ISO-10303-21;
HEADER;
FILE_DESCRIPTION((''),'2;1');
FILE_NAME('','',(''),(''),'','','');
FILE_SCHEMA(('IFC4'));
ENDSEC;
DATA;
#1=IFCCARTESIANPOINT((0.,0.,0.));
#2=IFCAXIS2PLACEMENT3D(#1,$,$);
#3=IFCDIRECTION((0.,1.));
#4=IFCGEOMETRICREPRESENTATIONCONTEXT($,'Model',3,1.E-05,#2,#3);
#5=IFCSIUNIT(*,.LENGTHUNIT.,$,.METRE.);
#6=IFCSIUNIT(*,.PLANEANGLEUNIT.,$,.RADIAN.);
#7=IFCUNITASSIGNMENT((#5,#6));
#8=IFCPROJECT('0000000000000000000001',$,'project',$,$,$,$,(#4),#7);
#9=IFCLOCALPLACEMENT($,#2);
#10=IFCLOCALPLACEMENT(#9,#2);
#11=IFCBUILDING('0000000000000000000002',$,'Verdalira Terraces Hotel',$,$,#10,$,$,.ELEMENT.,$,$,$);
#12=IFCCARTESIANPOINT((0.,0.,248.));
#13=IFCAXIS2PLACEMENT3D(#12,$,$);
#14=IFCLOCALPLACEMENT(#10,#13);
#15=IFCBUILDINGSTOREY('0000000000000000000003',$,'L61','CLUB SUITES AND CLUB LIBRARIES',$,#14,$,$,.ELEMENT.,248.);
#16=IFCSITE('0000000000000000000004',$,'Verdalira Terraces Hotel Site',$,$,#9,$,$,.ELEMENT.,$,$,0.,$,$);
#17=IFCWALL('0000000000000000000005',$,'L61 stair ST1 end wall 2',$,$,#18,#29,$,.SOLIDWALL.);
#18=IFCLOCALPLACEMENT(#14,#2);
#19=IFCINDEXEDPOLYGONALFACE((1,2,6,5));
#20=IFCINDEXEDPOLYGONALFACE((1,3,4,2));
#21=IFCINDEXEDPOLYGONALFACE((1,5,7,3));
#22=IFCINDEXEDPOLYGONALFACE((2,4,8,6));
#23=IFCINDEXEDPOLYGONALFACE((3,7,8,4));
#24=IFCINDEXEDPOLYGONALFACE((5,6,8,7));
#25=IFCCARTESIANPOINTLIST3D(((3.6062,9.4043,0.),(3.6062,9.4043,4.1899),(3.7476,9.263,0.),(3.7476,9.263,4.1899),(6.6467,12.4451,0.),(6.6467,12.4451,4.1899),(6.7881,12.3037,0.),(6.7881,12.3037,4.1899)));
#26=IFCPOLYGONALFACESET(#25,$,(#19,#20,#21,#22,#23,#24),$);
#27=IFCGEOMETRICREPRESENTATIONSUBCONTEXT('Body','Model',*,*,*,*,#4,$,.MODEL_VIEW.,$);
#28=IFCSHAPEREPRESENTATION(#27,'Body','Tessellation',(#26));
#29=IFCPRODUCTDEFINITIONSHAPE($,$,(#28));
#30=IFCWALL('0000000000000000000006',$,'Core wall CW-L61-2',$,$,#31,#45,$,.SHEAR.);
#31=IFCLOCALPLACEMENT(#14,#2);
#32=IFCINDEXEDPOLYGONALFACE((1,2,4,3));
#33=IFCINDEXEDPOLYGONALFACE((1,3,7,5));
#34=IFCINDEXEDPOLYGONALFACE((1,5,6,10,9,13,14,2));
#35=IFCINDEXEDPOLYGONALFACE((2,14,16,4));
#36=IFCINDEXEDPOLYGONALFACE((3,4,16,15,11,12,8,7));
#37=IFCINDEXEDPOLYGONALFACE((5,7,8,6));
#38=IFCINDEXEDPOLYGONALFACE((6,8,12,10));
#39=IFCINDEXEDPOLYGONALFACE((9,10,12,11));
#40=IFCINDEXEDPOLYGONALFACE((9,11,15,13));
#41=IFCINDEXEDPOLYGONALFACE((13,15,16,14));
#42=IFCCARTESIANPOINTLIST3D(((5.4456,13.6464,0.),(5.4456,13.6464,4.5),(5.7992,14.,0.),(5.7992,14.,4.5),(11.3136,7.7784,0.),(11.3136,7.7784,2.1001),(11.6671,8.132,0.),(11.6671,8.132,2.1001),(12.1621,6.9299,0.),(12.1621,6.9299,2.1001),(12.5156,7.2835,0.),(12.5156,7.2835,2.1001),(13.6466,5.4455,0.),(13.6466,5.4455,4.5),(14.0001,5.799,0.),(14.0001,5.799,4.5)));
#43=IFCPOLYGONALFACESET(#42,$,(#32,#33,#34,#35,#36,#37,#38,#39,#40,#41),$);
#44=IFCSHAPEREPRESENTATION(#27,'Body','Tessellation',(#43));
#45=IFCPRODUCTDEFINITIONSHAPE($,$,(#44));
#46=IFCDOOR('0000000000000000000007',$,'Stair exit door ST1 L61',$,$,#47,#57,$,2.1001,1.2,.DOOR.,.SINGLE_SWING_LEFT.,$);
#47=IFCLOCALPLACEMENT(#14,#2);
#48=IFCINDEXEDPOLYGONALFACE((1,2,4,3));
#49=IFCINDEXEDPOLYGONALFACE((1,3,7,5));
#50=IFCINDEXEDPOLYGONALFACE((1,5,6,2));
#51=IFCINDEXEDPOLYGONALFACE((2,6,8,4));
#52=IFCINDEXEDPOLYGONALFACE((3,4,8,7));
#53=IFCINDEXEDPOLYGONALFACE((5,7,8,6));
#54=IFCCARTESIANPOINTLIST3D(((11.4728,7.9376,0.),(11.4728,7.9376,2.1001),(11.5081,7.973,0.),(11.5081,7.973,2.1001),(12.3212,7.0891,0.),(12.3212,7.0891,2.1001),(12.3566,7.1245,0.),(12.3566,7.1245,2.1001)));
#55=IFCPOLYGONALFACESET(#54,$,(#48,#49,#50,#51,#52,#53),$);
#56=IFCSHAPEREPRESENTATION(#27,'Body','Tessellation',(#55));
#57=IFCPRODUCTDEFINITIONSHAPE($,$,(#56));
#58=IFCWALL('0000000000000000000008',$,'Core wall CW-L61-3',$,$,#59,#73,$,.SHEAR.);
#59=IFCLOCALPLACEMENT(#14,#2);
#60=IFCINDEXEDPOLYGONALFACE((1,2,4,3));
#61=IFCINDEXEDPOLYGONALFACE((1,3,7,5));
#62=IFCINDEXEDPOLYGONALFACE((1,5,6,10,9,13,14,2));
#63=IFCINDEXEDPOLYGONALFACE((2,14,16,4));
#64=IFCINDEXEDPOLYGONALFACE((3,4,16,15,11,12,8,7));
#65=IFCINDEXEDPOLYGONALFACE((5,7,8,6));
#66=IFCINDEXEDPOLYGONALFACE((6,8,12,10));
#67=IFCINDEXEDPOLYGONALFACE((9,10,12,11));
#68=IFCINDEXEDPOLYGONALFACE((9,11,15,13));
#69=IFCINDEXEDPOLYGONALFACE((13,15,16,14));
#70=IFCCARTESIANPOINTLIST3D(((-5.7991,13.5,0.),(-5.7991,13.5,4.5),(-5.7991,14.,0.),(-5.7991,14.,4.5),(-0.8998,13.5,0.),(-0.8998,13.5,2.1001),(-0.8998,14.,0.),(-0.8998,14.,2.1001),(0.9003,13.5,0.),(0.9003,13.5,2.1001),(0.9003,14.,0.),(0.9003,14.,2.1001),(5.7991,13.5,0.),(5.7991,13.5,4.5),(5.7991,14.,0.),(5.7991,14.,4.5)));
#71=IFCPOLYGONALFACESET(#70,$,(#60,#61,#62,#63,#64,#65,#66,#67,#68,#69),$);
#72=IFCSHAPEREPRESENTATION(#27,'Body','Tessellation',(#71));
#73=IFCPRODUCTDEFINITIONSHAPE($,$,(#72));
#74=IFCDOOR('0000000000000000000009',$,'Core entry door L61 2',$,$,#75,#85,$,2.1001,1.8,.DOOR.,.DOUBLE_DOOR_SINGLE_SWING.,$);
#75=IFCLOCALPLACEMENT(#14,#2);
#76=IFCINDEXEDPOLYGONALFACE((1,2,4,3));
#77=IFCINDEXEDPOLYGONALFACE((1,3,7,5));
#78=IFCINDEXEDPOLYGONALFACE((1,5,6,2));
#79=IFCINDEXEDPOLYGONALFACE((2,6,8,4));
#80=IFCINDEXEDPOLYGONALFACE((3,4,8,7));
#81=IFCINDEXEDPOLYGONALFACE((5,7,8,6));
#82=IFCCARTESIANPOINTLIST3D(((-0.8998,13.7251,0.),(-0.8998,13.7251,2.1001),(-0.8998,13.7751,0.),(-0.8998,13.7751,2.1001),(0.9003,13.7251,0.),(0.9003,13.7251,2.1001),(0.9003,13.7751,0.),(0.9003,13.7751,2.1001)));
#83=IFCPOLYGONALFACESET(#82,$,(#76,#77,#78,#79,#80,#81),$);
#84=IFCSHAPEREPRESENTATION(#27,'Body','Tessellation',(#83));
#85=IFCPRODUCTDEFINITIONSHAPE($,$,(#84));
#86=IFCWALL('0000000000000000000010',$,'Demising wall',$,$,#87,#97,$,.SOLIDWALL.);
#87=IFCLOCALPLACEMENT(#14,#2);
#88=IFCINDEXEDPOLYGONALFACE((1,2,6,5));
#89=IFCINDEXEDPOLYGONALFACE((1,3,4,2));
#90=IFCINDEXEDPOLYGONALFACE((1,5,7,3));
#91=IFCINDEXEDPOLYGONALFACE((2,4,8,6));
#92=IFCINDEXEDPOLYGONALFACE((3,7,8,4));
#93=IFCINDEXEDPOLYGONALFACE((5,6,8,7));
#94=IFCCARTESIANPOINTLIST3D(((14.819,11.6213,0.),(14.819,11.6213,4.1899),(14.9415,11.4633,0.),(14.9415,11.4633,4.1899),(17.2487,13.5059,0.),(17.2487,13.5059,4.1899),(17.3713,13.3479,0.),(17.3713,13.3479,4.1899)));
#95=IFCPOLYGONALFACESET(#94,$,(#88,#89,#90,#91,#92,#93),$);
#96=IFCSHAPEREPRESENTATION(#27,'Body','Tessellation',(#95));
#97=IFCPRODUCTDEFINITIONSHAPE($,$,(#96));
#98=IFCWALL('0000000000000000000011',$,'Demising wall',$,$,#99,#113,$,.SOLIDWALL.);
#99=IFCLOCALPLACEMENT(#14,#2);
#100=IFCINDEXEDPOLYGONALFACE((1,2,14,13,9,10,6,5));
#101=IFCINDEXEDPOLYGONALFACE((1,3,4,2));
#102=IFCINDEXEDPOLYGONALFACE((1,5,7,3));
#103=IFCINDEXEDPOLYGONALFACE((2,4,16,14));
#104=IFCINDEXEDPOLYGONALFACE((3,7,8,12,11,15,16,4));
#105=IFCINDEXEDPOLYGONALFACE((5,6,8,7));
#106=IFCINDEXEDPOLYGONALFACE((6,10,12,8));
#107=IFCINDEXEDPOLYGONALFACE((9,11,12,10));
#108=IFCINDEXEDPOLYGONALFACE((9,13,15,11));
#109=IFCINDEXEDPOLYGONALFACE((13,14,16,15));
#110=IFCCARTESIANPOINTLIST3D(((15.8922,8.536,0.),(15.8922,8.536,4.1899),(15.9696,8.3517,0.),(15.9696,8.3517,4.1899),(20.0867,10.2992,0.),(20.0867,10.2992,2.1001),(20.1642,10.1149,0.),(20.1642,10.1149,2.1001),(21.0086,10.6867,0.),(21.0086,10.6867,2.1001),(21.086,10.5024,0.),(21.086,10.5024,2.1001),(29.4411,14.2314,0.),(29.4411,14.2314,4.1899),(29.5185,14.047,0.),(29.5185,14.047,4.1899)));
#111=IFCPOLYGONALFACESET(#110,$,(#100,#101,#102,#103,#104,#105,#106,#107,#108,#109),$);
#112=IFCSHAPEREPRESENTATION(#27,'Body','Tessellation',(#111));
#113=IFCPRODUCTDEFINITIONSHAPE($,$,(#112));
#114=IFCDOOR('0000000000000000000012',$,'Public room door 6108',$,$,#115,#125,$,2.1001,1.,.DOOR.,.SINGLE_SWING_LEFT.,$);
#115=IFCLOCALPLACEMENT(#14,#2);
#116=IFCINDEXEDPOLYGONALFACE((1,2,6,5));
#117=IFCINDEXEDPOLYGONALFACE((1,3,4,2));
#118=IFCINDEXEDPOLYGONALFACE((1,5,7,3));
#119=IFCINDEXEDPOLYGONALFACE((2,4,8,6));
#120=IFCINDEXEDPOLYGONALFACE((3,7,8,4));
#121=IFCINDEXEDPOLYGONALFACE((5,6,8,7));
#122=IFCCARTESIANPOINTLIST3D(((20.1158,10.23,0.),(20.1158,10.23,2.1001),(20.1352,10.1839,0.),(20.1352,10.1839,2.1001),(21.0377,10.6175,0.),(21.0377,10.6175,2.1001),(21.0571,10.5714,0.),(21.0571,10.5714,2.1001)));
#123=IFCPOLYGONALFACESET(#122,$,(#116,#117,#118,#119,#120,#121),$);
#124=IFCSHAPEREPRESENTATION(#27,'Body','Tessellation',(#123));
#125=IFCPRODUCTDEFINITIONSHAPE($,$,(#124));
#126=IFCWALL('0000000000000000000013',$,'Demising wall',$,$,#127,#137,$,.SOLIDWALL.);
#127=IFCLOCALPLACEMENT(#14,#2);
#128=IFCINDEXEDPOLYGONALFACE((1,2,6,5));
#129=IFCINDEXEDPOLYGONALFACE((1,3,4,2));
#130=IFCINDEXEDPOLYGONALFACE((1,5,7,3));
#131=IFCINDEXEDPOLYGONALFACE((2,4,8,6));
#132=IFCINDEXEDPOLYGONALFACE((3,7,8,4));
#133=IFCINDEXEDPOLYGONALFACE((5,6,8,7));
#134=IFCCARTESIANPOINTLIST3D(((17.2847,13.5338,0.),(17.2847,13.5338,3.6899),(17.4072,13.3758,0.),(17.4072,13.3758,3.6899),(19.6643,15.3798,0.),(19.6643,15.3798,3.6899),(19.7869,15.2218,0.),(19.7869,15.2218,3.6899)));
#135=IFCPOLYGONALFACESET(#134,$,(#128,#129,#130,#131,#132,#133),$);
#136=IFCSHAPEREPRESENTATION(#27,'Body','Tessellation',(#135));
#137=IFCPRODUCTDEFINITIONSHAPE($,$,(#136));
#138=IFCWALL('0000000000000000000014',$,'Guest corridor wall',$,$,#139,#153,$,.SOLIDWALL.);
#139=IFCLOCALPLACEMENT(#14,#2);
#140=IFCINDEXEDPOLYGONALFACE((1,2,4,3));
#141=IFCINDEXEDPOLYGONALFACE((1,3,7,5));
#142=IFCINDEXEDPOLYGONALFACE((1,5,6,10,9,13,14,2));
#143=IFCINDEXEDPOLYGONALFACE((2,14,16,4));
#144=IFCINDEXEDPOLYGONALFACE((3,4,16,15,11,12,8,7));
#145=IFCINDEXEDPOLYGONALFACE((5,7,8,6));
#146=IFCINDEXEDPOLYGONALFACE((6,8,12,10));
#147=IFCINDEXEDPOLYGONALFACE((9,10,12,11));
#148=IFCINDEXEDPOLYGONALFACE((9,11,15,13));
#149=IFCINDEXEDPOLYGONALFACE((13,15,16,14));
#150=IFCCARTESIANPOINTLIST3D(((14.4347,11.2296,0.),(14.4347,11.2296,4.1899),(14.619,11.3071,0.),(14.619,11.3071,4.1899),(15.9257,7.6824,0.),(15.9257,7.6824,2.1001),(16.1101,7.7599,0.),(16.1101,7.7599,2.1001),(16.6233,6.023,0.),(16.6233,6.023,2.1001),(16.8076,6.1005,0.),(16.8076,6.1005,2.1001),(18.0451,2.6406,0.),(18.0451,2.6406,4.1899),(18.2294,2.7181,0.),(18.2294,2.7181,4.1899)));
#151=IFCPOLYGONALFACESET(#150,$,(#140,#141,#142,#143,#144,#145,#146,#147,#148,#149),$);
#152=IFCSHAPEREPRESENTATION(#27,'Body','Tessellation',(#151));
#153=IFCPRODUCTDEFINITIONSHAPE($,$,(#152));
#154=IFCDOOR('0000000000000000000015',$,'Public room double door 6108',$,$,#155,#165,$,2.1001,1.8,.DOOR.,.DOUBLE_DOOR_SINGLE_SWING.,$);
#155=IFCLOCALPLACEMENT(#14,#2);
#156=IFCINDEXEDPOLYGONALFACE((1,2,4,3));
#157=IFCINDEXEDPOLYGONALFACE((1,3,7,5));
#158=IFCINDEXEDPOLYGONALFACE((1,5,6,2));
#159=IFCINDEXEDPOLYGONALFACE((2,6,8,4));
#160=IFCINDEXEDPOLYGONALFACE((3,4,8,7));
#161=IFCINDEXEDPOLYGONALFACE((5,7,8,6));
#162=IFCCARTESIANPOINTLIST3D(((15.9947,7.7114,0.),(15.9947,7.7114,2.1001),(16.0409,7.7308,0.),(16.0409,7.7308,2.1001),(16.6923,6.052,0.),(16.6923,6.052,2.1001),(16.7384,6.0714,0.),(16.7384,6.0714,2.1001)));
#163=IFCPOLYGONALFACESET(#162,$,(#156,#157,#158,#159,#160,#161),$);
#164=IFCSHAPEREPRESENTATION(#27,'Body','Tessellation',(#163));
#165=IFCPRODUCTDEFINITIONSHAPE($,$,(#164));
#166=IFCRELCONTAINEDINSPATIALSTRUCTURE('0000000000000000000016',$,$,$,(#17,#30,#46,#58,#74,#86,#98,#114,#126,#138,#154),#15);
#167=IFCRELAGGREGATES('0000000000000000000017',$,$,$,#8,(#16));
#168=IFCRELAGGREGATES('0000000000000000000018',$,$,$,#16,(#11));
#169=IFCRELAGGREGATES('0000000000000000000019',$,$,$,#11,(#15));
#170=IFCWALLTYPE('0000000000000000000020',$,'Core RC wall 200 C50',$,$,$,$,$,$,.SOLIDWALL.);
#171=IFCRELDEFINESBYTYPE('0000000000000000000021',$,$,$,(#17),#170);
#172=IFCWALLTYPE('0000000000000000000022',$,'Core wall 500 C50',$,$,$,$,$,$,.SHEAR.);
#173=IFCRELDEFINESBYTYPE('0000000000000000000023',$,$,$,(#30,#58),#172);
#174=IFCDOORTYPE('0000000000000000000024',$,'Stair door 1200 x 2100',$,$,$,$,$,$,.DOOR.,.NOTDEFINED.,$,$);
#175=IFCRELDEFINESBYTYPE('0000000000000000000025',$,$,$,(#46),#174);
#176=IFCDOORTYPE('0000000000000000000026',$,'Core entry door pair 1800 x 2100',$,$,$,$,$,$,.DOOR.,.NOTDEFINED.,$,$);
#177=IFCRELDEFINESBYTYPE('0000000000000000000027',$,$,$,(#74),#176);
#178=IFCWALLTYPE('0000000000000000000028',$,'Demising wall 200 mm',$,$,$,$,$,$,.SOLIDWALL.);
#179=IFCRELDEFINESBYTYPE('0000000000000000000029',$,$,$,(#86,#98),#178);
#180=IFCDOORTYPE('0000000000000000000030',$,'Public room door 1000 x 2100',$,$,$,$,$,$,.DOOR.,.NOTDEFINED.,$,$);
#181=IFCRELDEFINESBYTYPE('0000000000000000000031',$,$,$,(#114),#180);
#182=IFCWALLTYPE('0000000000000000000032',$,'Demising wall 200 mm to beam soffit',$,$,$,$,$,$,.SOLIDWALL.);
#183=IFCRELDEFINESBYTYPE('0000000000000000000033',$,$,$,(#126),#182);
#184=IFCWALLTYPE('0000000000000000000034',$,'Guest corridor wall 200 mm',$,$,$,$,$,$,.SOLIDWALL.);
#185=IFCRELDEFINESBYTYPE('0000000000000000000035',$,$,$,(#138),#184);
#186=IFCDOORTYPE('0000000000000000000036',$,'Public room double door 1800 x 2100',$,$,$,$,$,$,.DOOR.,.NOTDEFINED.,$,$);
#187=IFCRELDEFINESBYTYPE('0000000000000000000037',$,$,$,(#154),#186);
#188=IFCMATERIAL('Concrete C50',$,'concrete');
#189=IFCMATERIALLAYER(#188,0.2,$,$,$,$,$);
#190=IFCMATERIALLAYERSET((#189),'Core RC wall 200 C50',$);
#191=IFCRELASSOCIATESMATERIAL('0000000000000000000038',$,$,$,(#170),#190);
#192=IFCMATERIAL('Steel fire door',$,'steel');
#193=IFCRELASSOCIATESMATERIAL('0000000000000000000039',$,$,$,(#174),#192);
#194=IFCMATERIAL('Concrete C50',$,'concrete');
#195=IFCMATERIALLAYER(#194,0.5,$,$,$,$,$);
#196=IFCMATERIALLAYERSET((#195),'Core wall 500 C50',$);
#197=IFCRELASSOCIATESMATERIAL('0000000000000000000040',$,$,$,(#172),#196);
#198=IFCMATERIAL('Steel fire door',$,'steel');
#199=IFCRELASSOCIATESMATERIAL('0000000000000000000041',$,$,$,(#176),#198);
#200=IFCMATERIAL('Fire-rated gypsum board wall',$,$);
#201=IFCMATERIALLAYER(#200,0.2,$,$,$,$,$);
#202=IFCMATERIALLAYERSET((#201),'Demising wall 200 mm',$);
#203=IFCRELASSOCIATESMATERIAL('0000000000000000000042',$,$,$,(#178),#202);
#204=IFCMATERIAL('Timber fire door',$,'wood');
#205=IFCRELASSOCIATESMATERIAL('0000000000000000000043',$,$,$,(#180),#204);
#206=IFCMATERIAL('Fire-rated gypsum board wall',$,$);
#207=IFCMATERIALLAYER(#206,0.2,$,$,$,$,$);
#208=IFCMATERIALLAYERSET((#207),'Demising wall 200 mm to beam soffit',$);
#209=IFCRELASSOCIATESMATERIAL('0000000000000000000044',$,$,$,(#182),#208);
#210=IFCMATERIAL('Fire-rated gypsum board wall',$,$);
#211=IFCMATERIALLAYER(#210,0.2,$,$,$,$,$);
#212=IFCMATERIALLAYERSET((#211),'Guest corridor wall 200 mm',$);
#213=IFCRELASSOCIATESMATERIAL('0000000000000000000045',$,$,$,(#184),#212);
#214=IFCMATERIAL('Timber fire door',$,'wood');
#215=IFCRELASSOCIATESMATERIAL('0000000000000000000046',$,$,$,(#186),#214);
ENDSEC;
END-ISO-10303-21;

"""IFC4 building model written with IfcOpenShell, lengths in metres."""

from ifc_helpers import new_model, si_unit, direction, frame, frame_2d, origin, place, context, subcontext, project, spatial, rectangle, extrude, material, layer, layer_set, type_object, element, fill, save


model = new_model("IFC4")

# Units and contexts
model_context = context("Model", 3, precision=1e-05, world=origin(), true_north=direction((0.0, 1.0)))
body_context = subcontext(model_context, "Body", "Model", "MODEL_VIEW")
ifc_project = project(units=[si_unit("LENGTHUNIT", "METRE"), si_unit("PLANEANGLEUNIT", "RADIAN")], contexts=[model_context])

# Site, building, storey
site_placement = place(None, origin())
site = spatial("IfcSite", under=ifc_project, at=site_placement, Name="Verdalira Terraces Hotel Site", CompositionType="ELEMENT", RefElevation=0.0)
building_placement = place(site_placement, origin())
building = spatial("IfcBuilding", under=site, at=building_placement, Name="Verdalira Terraces Hotel", CompositionType="ELEMENT")
storey_placement = place(building_placement, frame((0.0, 0.0, 248.0)))
storey = spatial("IfcBuildingStorey", under=building, at=storey_placement, Name="L61", Description="CLUB SUITES AND CLUB LIBRARIES", CompositionType="ELEMENT", Elevation=248.0)

# Shared definitions
ifc_material_1 = material(Name="Concrete C50", Category="concrete")
ifc_layer_1 = layer(ifc_material_1, 0.2)
ifc_layer_set_1 = layer_set([ifc_layer_1], Name="Core RC wall 200 C50")
wall_type_1 = type_object("IfcWallType", Name="Core RC wall 200 C50", PredefinedType="SOLIDWALL", material=ifc_layer_set_1)
ifc_material_2 = material(Name="Steel fire door", Category="steel")
door_type_1 = type_object("IfcDoorType", Name="Stair door 1200 x 2100", OperationType="NOTDEFINED", PredefinedType="DOOR", material=ifc_material_2)

# Wall
for number, where, z_axis, x_axis, name in (
    (1, (3.677, 9.3337, 0.0), (0.0, 0.0, 1.0), (0.707078, 0.707135, 0.0), "L61 stair ST1 end wall 2"),
):
    element("IfcWall", number, at=place(storey_placement, frame(where, z_axis=z_axis, x_axis=x_axis)), inside=storey, type_object=wall_type_1, Name=name, PredefinedType="SOLIDWALL", context=body_context, shape_type="SweptSolid", body=[
        extrude(rectangle(XDim=4.3, YDim=0.2, at=frame_2d((2.1499, 0.0))), origin(), (0.0, 0.0, 1.0), 4.1899),
    ])

# Walls, openings, doors
ifc_material_3 = material(Name="Concrete C50", Category="concrete")
ifc_layer_2 = layer(ifc_material_3, 0.5)
ifc_layer_set_2 = layer_set([ifc_layer_2], Name="Core wall 500 C50")
wall_type_2 = type_object("IfcWallType", Name="Core wall 500 C50", PredefinedType="SHEAR", material=ifc_layer_set_2)
wall_1_placement = place(storey_placement, frame((13.8232, 5.6223, 0.0), z_axis=(0.0, 0.0, 1.0), x_axis=(-0.707107, 0.707107, 0.0)))
wall_1 = element("IfcWall", 2, at=wall_1_placement, inside=storey, type_object=wall_type_2, Name="Core wall CW-L61-2", PredefinedType="SHEAR", context=body_context, shape_type="SweptSolid", body=[
    extrude(rectangle(XDim=11.5979, YDim=0.5, at=frame_2d((5.7988, 0.0))), origin(), (0.0, 0.0, 1.0), 4.5),
])
opening_1_placement = place(wall_1_placement, frame((2.0991, 0.0, 0.0)))
opening_1 = element("IfcOpeningElement", 3, at=opening_1_placement, cuts=wall_1, PredefinedType="OPENING", context=body_context, shape_type="SweptSolid", body=[
    extrude(rectangle(XDim=1.2, YDim=2.1001, at=frame_2d((0.6001, 1.05))), frame((0.0, 0.26, 0.0), z_axis=(0.0, -1.0, 0.0), x_axis=(1.0, 0.0, 0.0)), (0.0, 0.0, 1.0), 0.52),
])
door_1_placement = place(opening_1_placement, origin())
door_1 = element("IfcDoor", 4, at=door_1_placement, inside=storey, type_object=door_type_1, Name="Stair exit door ST1 L61", OperationType="SINGLE_SWING_LEFT", OverallHeight=2.1001, OverallWidth=1.2, PredefinedType="DOOR", context=body_context, shape_type="SweptSolid", body=[
    extrude(rectangle(XDim=1.2, YDim=2.1001, at=frame_2d((0.6001, 1.05))), frame((0.0, 0.0249, 0.0), z_axis=(0.0, -1.0, 0.0), x_axis=(1.0, 0.0, 0.0)), (0.0, 0.0, 1.0), 0.05),
])
fill(opening_1, door_1)
wall_2_placement = place(storey_placement, frame((5.7991, 13.75, 0.0), z_axis=(0.0, 0.0, 1.0), x_axis=(-1.0, 0.0, 0.0)))
wall_2 = element("IfcWall", 5, at=wall_2_placement, inside=storey, type_object=wall_type_2, Name="Core wall CW-L61-3", PredefinedType="SHEAR", context=body_context, shape_type="SweptSolid", body=[
    extrude(rectangle(XDim=11.5981, YDim=0.5, at=frame_2d((5.7991, 0.0))), origin(), (0.0, 0.0, 1.0), 4.5),
])
opening_2_placement = place(wall_2_placement, frame((4.8989, 0.0, 0.0)))
opening_2 = element("IfcOpeningElement", 6, at=opening_2_placement, cuts=wall_2, PredefinedType="OPENING", context=body_context, shape_type="SweptSolid", body=[
    extrude(rectangle(XDim=1.8, YDim=2.1001, at=frame_2d((0.8999, 1.05))), frame((0.0, 0.26, 0.0), z_axis=(0.0, -1.0, 0.0), x_axis=(1.0, 0.0, 0.0)), (0.0, 0.0, 1.0), 0.52),
])
ifc_material_4 = material(Name="Steel fire door", Category="steel")
door_type_2 = type_object("IfcDoorType", Name="Core entry door pair 1800 x 2100", OperationType="NOTDEFINED", PredefinedType="DOOR", material=ifc_material_4)
door_2_placement = place(opening_2_placement, origin())
door_2 = element("IfcDoor", 7, at=door_2_placement, inside=storey, type_object=door_type_2, Name="Core entry door L61 2", OperationType="DOUBLE_DOOR_SINGLE_SWING", OverallHeight=2.1001, OverallWidth=1.8, PredefinedType="DOOR", context=body_context, shape_type="SweptSolid", body=[
    extrude(rectangle(XDim=1.8, YDim=2.1001, at=frame_2d((0.8999, 1.05))), frame((0.0, 0.0249, 0.0), z_axis=(0.0, -1.0, 0.0), x_axis=(1.0, 0.0, 0.0)), (0.0, 0.0, 1.0), 0.05),
])
fill(opening_2, door_2)

# Wall
ifc_material_5 = material(Name="Fire-rated gypsum board wall")
ifc_layer_3 = layer(ifc_material_5, 0.2)
ifc_layer_set_3 = layer_set([ifc_layer_3], Name="Demising wall 200 mm")
wall_type_3 = type_object("IfcWallType", Name="Demising wall 200 mm", PredefinedType="SOLIDWALL", material=ifc_layer_set_3)
wall_3_placement = place(storey_placement, frame((14.8801, 11.5422, 0.0), z_axis=(0.0, 0.0, 1.0), x_axis=(0.790177, 0.612879, 0.0)))
element("IfcWall", 8, at=wall_3_placement, inside=storey, type_object=wall_type_3, Name="Demising wall", PredefinedType="SOLIDWALL", context=body_context, shape_type="SweptSolid", body=[
    extrude(rectangle(XDim=3.075, YDim=0.2, at=frame_2d((1.5376, 0.0))), origin(), (0.0, 0.0, 1.0), 4.1899),
])

# Wall, opening, door
wall_4_placement = place(storey_placement, frame((15.9309, 8.4438, 0.0), z_axis=(0.0, 0.0, 1.0), x_axis=(0.921865, 0.38751, 0.0)))
wall_4 = element("IfcWall", 9, at=wall_4_placement, inside=storey, type_object=wall_type_3, Name="Demising wall", PredefinedType="SOLIDWALL", context=body_context, shape_type="SweptSolid", body=[
    extrude(rectangle(XDim=14.6973, YDim=0.2, at=frame_2d((7.3486, 0.0))), origin(), (0.0, 0.0, 1.0), 4.1899),
])
opening_3_placement = place(wall_4_placement, frame((4.55, 0.0, 0.0)))
opening_3 = element("IfcOpeningElement", 10, at=opening_3_placement, cuts=wall_4, PredefinedType="OPENING", context=body_context, shape_type="SweptSolid", body=[
    extrude(rectangle(XDim=1.0, YDim=2.1001, at=frame_2d((0.5, 1.05))), frame((0.0, 0.1099, 0.0), z_axis=(0.0, -1.0, 0.0), x_axis=(1.0, 0.0, 0.0)), (0.0, 0.0, 1.0), 0.22),
])
ifc_material_6 = material(Name="Timber fire door", Category="wood")
door_type_3 = type_object("IfcDoorType", Name="Public room door 1000 x 2100", OperationType="NOTDEFINED", PredefinedType="DOOR", material=ifc_material_6)
door_3_placement = place(opening_3_placement, origin())
door_3 = element("IfcDoor", 11, at=door_3_placement, inside=storey, type_object=door_type_3, Name="Public room door 6108", OperationType="SINGLE_SWING_LEFT", OverallHeight=2.1001, OverallWidth=1.0, PredefinedType="DOOR", context=body_context, shape_type="SweptSolid", body=[
    extrude(rectangle(XDim=1.0, YDim=2.1001, at=frame_2d((0.5, 1.05))), frame((0.0, 0.0249, 0.0), z_axis=(0.0, -1.0, 0.0), x_axis=(1.0, 0.0, 0.0)), (0.0, 0.0, 1.0), 0.05),
])
fill(opening_3, door_3)

# Wall
ifc_material_7 = material(Name="Fire-rated gypsum board wall")
ifc_layer_4 = layer(ifc_material_7, 0.2)
ifc_layer_set_4 = layer_set([ifc_layer_4], Name="Demising wall 200 mm to beam soffit")
wall_type_4 = type_object("IfcWallType", Name="Demising wall 200 mm to beam soffit", PredefinedType="SOLIDWALL", material=ifc_layer_set_4)
wall_5_placement = place(storey_placement, frame((17.3459, 13.4548, 0.0), z_axis=(0.0, 0.0, 1.0), x_axis=(0.790137, 0.61293, 0.0)))
element("IfcWall", 12, at=wall_5_placement, inside=storey, type_object=wall_type_4, Name="Demising wall", PredefinedType="SOLIDWALL", context=body_context, shape_type="SweptSolid", body=[
    extrude(rectangle(XDim=3.0117, YDim=0.2, at=frame_2d((1.5059, 0.0))), origin(), (0.0, 0.0, 1.0), 3.6899),
])

# Wall, opening, door
ifc_material_8 = material(Name="Fire-rated gypsum board wall")
ifc_layer_5 = layer(ifc_material_8, 0.2)
ifc_layer_set_5 = layer_set([ifc_layer_5], Name="Guest corridor wall 200 mm")
wall_type_5 = type_object("IfcWallType", Name="Guest corridor wall 200 mm", PredefinedType="SOLIDWALL", material=ifc_layer_set_5)
wall_6_placement = place(storey_placement, frame((14.5269, 11.2683, 0.0), z_axis=(0.0, 0.0, 1.0), x_axis=(0.387509, -0.921866, 0.0)))
wall_6 = element("IfcWall", 13, at=wall_6_placement, inside=storey, type_object=wall_type_5, Name="Guest corridor wall", PredefinedType="SOLIDWALL", context=body_context, shape_type="SweptSolid", body=[
    extrude(rectangle(XDim=9.3169, YDim=0.2, at=frame_2d((4.6584, 0.0))), origin(), (0.0, 0.0, 1.0), 4.1899),
])
opening_4_placement = place(wall_6_placement, frame((3.8479, 0.0, 0.0)))
opening_4 = element("IfcOpeningElement", 14, at=opening_4_placement, cuts=wall_6, PredefinedType="OPENING", context=body_context, shape_type="SweptSolid", body=[
    extrude(rectangle(XDim=1.8, YDim=2.1001, at=frame_2d((0.8999, 1.05))), frame((0.0, 0.1099, 0.0), z_axis=(0.0, -1.0, 0.0), x_axis=(1.0, 0.0, 0.0)), (0.0, 0.0, 1.0), 0.22),
])
ifc_material_9 = material(Name="Timber fire door", Category="wood")
door_type_4 = type_object("IfcDoorType", Name="Public room double door 1800 x 2100", OperationType="NOTDEFINED", PredefinedType="DOOR", material=ifc_material_9)
door_4_placement = place(opening_4_placement, origin())
door_4 = element("IfcDoor", 15, at=door_4_placement, inside=storey, type_object=door_type_4, Name="Public room double door 6108", OperationType="DOUBLE_DOOR_SINGLE_SWING", OverallHeight=2.1001, OverallWidth=1.8, PredefinedType="DOOR", context=body_context, shape_type="SweptSolid", body=[
    extrude(rectangle(XDim=1.8, YDim=2.1001, at=frame_2d((0.8999, 1.05))), frame((0.0, 0.0249, 0.0), z_axis=(0.0, -1.0, 0.0), x_axis=(1.0, 0.0, 0.0)), (0.0, 0.0, 1.0), 0.05),
])
fill(opening_4, door_4)

save(model, "model.ifc")
